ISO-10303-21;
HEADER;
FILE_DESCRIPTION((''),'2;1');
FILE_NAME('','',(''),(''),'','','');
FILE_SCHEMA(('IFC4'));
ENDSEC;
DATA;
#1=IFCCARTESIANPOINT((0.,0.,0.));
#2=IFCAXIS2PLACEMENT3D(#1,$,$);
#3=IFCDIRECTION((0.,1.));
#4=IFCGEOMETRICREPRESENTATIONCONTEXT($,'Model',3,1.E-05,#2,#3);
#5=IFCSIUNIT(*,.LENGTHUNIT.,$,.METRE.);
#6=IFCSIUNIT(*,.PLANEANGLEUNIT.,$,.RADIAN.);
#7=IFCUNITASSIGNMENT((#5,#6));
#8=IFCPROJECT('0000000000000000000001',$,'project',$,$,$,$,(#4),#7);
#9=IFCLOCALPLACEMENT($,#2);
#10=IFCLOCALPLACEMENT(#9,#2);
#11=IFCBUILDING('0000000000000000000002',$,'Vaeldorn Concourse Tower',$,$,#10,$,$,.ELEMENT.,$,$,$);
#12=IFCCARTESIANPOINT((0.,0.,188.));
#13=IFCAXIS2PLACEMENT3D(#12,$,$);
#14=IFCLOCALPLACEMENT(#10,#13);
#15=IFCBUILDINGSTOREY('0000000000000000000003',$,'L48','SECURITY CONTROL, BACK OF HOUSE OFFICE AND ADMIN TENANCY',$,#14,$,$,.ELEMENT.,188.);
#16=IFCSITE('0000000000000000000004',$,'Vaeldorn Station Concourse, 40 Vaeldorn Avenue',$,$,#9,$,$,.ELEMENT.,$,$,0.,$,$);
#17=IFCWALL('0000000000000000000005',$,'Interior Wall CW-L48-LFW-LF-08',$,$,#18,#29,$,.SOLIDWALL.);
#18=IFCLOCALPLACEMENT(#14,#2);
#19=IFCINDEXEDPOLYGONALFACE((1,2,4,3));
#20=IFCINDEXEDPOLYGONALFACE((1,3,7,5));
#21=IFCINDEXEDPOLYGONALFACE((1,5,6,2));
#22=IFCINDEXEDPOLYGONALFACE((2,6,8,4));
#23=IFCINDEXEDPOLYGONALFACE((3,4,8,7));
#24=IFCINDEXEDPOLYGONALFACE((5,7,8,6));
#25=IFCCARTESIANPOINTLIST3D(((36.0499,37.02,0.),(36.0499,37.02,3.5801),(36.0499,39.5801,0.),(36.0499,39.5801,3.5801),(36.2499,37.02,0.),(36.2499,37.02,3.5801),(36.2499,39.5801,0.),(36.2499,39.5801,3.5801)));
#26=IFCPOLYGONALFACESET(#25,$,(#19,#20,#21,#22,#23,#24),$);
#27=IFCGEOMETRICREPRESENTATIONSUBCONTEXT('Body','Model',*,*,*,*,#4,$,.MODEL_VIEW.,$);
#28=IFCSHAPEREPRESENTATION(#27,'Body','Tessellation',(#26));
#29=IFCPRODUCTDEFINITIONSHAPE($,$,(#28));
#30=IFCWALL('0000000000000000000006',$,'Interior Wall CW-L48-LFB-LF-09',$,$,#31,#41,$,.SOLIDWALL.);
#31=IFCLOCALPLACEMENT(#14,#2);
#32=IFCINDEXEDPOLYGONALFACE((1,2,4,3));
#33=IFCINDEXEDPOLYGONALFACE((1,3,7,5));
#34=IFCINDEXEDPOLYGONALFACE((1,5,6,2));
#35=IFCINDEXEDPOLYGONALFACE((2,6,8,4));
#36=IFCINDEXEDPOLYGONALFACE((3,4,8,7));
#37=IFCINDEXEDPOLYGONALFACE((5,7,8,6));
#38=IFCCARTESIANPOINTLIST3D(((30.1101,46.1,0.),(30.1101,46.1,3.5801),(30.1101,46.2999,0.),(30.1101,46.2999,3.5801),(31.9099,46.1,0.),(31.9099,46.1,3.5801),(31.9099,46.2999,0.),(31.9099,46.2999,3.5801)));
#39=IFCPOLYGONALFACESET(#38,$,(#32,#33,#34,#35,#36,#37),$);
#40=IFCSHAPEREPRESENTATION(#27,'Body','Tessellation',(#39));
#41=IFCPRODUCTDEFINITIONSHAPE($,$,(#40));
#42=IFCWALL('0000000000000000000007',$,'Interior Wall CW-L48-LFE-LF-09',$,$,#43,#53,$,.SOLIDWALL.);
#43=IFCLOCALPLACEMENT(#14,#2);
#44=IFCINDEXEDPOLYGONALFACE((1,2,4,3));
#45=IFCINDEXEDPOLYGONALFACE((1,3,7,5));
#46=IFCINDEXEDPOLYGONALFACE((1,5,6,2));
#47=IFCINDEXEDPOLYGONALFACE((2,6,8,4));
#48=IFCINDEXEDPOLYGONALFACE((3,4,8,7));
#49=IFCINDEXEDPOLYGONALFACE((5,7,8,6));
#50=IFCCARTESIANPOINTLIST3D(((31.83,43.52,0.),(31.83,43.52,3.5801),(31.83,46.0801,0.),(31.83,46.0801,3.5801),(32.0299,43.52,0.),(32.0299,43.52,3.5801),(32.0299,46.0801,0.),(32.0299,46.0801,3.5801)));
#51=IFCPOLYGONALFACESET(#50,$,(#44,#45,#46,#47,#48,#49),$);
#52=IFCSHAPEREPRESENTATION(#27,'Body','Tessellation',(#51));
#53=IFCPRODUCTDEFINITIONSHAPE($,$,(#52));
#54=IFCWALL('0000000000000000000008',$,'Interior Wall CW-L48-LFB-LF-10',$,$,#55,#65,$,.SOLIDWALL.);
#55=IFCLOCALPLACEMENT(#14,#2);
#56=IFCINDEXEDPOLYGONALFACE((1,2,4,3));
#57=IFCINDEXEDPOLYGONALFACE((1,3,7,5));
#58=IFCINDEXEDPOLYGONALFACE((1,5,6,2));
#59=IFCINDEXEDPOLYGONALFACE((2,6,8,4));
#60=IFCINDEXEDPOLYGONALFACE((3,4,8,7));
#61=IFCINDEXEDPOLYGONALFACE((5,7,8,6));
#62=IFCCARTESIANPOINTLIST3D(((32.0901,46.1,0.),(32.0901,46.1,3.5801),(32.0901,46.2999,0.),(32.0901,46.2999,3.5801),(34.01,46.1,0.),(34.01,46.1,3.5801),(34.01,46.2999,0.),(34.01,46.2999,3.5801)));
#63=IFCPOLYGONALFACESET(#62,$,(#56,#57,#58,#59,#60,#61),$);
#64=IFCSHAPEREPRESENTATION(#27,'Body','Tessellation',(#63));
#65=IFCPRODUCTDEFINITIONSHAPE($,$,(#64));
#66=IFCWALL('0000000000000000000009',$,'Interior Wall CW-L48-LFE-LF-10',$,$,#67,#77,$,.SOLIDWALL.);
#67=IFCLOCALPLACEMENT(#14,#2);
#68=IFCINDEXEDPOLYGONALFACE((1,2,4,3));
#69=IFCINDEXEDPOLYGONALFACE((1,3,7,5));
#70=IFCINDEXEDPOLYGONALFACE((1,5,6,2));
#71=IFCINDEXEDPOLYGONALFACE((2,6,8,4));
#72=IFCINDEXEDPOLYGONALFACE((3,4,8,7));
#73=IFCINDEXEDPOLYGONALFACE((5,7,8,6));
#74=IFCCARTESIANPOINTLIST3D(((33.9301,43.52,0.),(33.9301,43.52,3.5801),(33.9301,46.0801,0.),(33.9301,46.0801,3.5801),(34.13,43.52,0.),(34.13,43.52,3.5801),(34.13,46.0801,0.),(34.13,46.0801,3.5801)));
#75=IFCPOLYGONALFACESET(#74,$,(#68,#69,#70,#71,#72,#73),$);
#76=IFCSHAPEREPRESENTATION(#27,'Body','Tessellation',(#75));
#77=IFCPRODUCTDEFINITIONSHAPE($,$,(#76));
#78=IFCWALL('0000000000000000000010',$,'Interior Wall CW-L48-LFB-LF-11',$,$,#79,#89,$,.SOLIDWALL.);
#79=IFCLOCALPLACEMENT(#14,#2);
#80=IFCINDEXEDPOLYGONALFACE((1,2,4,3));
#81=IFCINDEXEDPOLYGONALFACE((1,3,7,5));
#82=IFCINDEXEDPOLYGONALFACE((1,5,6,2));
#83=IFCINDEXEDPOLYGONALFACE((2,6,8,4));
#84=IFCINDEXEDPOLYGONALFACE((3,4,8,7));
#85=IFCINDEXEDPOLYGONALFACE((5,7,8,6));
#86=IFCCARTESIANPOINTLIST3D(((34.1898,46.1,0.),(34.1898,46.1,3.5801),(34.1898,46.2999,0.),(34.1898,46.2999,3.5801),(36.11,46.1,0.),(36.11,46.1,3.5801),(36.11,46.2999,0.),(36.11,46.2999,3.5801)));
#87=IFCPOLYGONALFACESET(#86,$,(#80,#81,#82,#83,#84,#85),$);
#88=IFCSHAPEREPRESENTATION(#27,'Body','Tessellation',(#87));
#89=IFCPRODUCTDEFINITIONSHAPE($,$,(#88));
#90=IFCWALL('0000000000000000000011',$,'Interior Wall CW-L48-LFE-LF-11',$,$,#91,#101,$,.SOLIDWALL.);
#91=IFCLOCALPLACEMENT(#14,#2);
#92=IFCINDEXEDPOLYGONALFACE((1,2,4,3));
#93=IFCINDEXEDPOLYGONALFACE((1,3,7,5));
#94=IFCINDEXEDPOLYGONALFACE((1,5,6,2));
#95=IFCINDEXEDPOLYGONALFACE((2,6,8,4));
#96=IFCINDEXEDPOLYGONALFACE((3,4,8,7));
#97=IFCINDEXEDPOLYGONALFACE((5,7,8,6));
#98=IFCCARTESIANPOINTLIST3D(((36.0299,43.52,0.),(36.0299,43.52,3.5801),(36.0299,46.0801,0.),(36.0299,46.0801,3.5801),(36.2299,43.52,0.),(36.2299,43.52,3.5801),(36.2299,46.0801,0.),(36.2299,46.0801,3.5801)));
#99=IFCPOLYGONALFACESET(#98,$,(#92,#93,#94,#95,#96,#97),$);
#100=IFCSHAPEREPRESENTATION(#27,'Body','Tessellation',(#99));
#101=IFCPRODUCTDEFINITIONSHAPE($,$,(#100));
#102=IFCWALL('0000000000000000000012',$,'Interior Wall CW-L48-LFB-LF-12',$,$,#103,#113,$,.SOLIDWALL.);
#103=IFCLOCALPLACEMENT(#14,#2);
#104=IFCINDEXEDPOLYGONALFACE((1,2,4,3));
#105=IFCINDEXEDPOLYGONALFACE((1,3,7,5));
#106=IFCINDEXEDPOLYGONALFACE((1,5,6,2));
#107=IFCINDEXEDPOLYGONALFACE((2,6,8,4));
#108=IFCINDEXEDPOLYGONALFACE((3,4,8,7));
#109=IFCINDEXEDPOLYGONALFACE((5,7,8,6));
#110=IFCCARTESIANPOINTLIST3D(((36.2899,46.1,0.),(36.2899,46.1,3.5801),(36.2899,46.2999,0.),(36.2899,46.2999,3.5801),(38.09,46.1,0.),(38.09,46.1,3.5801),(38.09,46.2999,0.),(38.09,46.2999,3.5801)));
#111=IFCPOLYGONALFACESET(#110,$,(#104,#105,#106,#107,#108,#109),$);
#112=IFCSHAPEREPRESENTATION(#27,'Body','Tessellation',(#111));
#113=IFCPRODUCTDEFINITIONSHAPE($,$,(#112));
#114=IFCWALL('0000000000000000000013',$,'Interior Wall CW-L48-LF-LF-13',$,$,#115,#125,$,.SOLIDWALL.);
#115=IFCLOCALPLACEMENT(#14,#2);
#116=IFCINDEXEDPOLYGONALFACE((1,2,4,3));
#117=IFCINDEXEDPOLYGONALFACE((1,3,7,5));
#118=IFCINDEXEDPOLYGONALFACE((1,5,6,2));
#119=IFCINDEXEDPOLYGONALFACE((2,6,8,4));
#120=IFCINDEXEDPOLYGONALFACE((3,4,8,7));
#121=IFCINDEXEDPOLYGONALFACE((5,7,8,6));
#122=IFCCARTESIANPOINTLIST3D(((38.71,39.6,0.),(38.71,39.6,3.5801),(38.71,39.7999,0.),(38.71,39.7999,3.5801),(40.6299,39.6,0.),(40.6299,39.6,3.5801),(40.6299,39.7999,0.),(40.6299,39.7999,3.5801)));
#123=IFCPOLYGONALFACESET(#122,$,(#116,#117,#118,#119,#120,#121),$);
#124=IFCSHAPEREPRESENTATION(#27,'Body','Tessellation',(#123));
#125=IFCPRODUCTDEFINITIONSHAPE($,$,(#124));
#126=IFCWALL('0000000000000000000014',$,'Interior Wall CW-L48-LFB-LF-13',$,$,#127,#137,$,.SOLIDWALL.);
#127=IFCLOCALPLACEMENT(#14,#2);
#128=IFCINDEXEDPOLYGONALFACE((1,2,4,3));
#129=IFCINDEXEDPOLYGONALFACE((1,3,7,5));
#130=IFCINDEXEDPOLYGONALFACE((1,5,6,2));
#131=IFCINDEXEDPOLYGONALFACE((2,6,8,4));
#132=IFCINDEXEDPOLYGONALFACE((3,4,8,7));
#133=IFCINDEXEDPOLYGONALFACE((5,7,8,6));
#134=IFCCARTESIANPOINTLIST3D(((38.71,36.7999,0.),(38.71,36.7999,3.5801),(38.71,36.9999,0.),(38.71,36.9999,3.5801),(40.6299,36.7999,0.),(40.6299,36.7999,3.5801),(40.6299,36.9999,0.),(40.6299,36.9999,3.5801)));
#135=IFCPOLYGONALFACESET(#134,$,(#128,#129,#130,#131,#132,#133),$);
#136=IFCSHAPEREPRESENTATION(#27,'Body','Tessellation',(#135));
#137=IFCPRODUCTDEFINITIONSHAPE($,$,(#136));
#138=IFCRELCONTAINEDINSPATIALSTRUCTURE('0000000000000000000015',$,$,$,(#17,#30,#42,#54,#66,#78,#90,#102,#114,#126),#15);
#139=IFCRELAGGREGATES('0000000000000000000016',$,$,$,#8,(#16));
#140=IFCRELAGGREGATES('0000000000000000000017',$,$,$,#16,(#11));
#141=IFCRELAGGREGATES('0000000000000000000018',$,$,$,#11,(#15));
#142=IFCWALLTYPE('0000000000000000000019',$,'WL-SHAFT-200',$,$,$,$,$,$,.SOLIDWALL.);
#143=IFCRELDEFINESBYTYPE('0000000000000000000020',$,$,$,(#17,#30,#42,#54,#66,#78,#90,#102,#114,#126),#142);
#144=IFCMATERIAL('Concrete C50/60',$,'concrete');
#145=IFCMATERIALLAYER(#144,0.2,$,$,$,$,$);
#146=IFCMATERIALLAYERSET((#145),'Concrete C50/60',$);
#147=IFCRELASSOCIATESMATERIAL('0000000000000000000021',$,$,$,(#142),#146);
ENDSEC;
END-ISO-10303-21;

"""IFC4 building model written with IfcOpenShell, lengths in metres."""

from ifc_helpers import new_model, si_unit, direction, frame, frame_2d, origin, place, context, subcontext, project, spatial, rectangle, extrude, material, layer, layer_set, type_object, element, save


model = new_model("IFC4")

# Units and contexts
model_context = context("Model", 3, precision=1e-05, world=origin(), true_north=direction((0.0, 1.0)))
body_context = subcontext(model_context, "Body", "Model", "MODEL_VIEW")
ifc_project = project(units=[si_unit("LENGTHUNIT", "METRE"), si_unit("PLANEANGLEUNIT", "RADIAN")], contexts=[model_context])

# Site, building, storey
site_placement = place(None, origin())
site = spatial("IfcSite", under=ifc_project, at=site_placement, Name="Vaeldorn Station Concourse, 40 Vaeldorn Avenue", CompositionType="ELEMENT", RefElevation=0.0)
building_placement = place(site_placement, origin())
building = spatial("IfcBuilding", under=site, at=building_placement, Name="Vaeldorn Concourse Tower", CompositionType="ELEMENT")
storey_placement = place(building_placement, frame((0.0, 0.0, 188.0)))
storey = spatial("IfcBuildingStorey", under=building, at=storey_placement, Name="L48", Description="SECURITY CONTROL, BACK OF HOUSE OFFICE AND ADMIN TENANCY", CompositionType="ELEMENT", Elevation=188.0)

# Shared definitions
ifc_material_1 = material(Name="Concrete C50/60", Category="concrete")
ifc_layer_1 = layer(ifc_material_1, 0.2)
ifc_layer_set_1 = layer_set([ifc_layer_1], Name="Concrete C50/60")
wall_type_1 = type_object("IfcWallType", Name="WL-SHAFT-200", PredefinedType="SOLIDWALL", material=ifc_layer_set_1)

# Wall
wall_1_placement = place(storey_placement, frame((36.1499, 37.02, 0.0), z_axis=(0.0, 0.0, 1.0), x_axis=(0.0, 1.0, 0.0)))
element("IfcWall", 1, at=wall_1_placement, inside=storey, type_object=wall_type_1, Name="Interior Wall CW-L48-LFW-LF-08", PredefinedType="SOLIDWALL", context=body_context, shape_type="SweptSolid", body=[
    extrude(rectangle(XDim=2.5601, YDim=0.2, at=frame_2d((1.28, 0.0))), origin(), (0.0, 0.0, 1.0), 3.5801),
])

# Walls
wall_2_placement = place(storey_placement, frame((30.1101, 46.2, 0.0), z_axis=(0.0, 0.0, 1.0), x_axis=(1.0, 0.0, 0.0)))
element("IfcWall", 2, at=wall_2_placement, inside=storey, type_object=wall_type_1, Name="Interior Wall CW-L48-LFB-LF-09", PredefinedType="SOLIDWALL", context=body_context, shape_type="SweptSolid", body=[
    extrude(rectangle(XDim=1.7998, YDim=0.2, at=frame_2d((0.8999, 0.0))), origin(), (0.0, 0.0, 1.0), 3.5801),
])
wall_3_placement = place(storey_placement, frame((31.9299, 43.52, 0.0), z_axis=(0.0, 0.0, 1.0), x_axis=(0.0, 1.0, 0.0)))
element("IfcWall", 3, at=wall_3_placement, inside=storey, type_object=wall_type_1, Name="Interior Wall CW-L48-LFE-LF-09", PredefinedType="SOLIDWALL", context=body_context, shape_type="SweptSolid", body=[
    extrude(rectangle(XDim=2.5601, YDim=0.2, at=frame_2d((1.28, 0.0))), origin(), (0.0, 0.0, 1.0), 3.5801),
])

# Walls
wall_4_placement = place(storey_placement, frame((32.0901, 46.2, 0.0), z_axis=(0.0, 0.0, 1.0), x_axis=(1.0, 0.0, 0.0)))
element("IfcWall", 4, at=wall_4_placement, inside=storey, type_object=wall_type_1, Name="Interior Wall CW-L48-LFB-LF-10", PredefinedType="SOLIDWALL", context=body_context, shape_type="SweptSolid", body=[
    extrude(rectangle(XDim=1.9199, YDim=0.2, at=frame_2d((0.96, 0.0))), origin(), (0.0, 0.0, 1.0), 3.5801),
])
wall_5_placement = place(storey_placement, frame((34.03, 43.52, 0.0), z_axis=(0.0, 0.0, 1.0), x_axis=(0.0, 1.0, 0.0)))
element("IfcWall", 5, at=wall_5_placement, inside=storey, type_object=wall_type_1, Name="Interior Wall CW-L48-LFE-LF-10", PredefinedType="SOLIDWALL", context=body_context, shape_type="SweptSolid", body=[
    extrude(rectangle(XDim=2.5601, YDim=0.2, at=frame_2d((1.28, 0.0))), origin(), (0.0, 0.0, 1.0), 3.5801),
])

# Walls
wall_6_placement = place(storey_placement, frame((34.1899, 46.2, 0.0), z_axis=(0.0, 0.0, 1.0), x_axis=(1.0, 0.0, 0.0)))
element("IfcWall", 6, at=wall_6_placement, inside=storey, type_object=wall_type_1, Name="Interior Wall CW-L48-LFB-LF-11", PredefinedType="SOLIDWALL", context=body_context, shape_type="SweptSolid", body=[
    extrude(rectangle(XDim=1.9202, YDim=0.2, at=frame_2d((0.96, 0.0))), origin(), (0.0, 0.0, 1.0), 3.5801),
])
wall_7_placement = place(storey_placement, frame((36.1299, 43.52, 0.0), z_axis=(0.0, 0.0, 1.0), x_axis=(0.0, 1.0, 0.0)))
element("IfcWall", 7, at=wall_7_placement, inside=storey, type_object=wall_type_1, Name="Interior Wall CW-L48-LFE-LF-11", PredefinedType="SOLIDWALL", context=body_context, shape_type="SweptSolid", body=[
    extrude(rectangle(XDim=2.5601, YDim=0.2, at=frame_2d((1.28, 0.0))), origin(), (0.0, 0.0, 1.0), 3.5801),
])

# Walls
wall_8_placement = place(storey_placement, frame((36.29, 46.2, 0.0), z_axis=(0.0, 0.0, 1.0), x_axis=(1.0, 0.0, 0.0)))
element("IfcWall", 8, at=wall_8_placement, inside=storey, type_object=wall_type_1, Name="Interior Wall CW-L48-LFB-LF-12", PredefinedType="SOLIDWALL", context=body_context, shape_type="SweptSolid", body=[
    extrude(rectangle(XDim=1.8, YDim=0.2, at=frame_2d((0.8999, 0.0))), origin(), (0.0, 0.0, 1.0), 3.5801),
])
for number, where, z_axis, x_axis, name in (
    (9, (38.71, 39.7, 0.0), (0.0, 0.0, 1.0), (1.0, 0.0, 0.0), "Interior Wall CW-L48-LF-LF-13"),
    (10, (38.71, 36.8999, 0.0), (0.0, 0.0, 1.0), (1.0, 0.0, 0.0), "Interior Wall CW-L48-LFB-LF-13"),
):
    element("IfcWall", number, at=place(storey_placement, frame(where, z_axis=z_axis, x_axis=x_axis)), inside=storey, type_object=wall_type_1, Name=name, PredefinedType="SOLIDWALL", context=body_context, shape_type="SweptSolid", body=[
        extrude(rectangle(XDim=1.9199, YDim=0.2, at=frame_2d((0.96, 0.0))), origin(), (0.0, 0.0, 1.0), 3.5801),
    ])

save(model, "model.ifc")
